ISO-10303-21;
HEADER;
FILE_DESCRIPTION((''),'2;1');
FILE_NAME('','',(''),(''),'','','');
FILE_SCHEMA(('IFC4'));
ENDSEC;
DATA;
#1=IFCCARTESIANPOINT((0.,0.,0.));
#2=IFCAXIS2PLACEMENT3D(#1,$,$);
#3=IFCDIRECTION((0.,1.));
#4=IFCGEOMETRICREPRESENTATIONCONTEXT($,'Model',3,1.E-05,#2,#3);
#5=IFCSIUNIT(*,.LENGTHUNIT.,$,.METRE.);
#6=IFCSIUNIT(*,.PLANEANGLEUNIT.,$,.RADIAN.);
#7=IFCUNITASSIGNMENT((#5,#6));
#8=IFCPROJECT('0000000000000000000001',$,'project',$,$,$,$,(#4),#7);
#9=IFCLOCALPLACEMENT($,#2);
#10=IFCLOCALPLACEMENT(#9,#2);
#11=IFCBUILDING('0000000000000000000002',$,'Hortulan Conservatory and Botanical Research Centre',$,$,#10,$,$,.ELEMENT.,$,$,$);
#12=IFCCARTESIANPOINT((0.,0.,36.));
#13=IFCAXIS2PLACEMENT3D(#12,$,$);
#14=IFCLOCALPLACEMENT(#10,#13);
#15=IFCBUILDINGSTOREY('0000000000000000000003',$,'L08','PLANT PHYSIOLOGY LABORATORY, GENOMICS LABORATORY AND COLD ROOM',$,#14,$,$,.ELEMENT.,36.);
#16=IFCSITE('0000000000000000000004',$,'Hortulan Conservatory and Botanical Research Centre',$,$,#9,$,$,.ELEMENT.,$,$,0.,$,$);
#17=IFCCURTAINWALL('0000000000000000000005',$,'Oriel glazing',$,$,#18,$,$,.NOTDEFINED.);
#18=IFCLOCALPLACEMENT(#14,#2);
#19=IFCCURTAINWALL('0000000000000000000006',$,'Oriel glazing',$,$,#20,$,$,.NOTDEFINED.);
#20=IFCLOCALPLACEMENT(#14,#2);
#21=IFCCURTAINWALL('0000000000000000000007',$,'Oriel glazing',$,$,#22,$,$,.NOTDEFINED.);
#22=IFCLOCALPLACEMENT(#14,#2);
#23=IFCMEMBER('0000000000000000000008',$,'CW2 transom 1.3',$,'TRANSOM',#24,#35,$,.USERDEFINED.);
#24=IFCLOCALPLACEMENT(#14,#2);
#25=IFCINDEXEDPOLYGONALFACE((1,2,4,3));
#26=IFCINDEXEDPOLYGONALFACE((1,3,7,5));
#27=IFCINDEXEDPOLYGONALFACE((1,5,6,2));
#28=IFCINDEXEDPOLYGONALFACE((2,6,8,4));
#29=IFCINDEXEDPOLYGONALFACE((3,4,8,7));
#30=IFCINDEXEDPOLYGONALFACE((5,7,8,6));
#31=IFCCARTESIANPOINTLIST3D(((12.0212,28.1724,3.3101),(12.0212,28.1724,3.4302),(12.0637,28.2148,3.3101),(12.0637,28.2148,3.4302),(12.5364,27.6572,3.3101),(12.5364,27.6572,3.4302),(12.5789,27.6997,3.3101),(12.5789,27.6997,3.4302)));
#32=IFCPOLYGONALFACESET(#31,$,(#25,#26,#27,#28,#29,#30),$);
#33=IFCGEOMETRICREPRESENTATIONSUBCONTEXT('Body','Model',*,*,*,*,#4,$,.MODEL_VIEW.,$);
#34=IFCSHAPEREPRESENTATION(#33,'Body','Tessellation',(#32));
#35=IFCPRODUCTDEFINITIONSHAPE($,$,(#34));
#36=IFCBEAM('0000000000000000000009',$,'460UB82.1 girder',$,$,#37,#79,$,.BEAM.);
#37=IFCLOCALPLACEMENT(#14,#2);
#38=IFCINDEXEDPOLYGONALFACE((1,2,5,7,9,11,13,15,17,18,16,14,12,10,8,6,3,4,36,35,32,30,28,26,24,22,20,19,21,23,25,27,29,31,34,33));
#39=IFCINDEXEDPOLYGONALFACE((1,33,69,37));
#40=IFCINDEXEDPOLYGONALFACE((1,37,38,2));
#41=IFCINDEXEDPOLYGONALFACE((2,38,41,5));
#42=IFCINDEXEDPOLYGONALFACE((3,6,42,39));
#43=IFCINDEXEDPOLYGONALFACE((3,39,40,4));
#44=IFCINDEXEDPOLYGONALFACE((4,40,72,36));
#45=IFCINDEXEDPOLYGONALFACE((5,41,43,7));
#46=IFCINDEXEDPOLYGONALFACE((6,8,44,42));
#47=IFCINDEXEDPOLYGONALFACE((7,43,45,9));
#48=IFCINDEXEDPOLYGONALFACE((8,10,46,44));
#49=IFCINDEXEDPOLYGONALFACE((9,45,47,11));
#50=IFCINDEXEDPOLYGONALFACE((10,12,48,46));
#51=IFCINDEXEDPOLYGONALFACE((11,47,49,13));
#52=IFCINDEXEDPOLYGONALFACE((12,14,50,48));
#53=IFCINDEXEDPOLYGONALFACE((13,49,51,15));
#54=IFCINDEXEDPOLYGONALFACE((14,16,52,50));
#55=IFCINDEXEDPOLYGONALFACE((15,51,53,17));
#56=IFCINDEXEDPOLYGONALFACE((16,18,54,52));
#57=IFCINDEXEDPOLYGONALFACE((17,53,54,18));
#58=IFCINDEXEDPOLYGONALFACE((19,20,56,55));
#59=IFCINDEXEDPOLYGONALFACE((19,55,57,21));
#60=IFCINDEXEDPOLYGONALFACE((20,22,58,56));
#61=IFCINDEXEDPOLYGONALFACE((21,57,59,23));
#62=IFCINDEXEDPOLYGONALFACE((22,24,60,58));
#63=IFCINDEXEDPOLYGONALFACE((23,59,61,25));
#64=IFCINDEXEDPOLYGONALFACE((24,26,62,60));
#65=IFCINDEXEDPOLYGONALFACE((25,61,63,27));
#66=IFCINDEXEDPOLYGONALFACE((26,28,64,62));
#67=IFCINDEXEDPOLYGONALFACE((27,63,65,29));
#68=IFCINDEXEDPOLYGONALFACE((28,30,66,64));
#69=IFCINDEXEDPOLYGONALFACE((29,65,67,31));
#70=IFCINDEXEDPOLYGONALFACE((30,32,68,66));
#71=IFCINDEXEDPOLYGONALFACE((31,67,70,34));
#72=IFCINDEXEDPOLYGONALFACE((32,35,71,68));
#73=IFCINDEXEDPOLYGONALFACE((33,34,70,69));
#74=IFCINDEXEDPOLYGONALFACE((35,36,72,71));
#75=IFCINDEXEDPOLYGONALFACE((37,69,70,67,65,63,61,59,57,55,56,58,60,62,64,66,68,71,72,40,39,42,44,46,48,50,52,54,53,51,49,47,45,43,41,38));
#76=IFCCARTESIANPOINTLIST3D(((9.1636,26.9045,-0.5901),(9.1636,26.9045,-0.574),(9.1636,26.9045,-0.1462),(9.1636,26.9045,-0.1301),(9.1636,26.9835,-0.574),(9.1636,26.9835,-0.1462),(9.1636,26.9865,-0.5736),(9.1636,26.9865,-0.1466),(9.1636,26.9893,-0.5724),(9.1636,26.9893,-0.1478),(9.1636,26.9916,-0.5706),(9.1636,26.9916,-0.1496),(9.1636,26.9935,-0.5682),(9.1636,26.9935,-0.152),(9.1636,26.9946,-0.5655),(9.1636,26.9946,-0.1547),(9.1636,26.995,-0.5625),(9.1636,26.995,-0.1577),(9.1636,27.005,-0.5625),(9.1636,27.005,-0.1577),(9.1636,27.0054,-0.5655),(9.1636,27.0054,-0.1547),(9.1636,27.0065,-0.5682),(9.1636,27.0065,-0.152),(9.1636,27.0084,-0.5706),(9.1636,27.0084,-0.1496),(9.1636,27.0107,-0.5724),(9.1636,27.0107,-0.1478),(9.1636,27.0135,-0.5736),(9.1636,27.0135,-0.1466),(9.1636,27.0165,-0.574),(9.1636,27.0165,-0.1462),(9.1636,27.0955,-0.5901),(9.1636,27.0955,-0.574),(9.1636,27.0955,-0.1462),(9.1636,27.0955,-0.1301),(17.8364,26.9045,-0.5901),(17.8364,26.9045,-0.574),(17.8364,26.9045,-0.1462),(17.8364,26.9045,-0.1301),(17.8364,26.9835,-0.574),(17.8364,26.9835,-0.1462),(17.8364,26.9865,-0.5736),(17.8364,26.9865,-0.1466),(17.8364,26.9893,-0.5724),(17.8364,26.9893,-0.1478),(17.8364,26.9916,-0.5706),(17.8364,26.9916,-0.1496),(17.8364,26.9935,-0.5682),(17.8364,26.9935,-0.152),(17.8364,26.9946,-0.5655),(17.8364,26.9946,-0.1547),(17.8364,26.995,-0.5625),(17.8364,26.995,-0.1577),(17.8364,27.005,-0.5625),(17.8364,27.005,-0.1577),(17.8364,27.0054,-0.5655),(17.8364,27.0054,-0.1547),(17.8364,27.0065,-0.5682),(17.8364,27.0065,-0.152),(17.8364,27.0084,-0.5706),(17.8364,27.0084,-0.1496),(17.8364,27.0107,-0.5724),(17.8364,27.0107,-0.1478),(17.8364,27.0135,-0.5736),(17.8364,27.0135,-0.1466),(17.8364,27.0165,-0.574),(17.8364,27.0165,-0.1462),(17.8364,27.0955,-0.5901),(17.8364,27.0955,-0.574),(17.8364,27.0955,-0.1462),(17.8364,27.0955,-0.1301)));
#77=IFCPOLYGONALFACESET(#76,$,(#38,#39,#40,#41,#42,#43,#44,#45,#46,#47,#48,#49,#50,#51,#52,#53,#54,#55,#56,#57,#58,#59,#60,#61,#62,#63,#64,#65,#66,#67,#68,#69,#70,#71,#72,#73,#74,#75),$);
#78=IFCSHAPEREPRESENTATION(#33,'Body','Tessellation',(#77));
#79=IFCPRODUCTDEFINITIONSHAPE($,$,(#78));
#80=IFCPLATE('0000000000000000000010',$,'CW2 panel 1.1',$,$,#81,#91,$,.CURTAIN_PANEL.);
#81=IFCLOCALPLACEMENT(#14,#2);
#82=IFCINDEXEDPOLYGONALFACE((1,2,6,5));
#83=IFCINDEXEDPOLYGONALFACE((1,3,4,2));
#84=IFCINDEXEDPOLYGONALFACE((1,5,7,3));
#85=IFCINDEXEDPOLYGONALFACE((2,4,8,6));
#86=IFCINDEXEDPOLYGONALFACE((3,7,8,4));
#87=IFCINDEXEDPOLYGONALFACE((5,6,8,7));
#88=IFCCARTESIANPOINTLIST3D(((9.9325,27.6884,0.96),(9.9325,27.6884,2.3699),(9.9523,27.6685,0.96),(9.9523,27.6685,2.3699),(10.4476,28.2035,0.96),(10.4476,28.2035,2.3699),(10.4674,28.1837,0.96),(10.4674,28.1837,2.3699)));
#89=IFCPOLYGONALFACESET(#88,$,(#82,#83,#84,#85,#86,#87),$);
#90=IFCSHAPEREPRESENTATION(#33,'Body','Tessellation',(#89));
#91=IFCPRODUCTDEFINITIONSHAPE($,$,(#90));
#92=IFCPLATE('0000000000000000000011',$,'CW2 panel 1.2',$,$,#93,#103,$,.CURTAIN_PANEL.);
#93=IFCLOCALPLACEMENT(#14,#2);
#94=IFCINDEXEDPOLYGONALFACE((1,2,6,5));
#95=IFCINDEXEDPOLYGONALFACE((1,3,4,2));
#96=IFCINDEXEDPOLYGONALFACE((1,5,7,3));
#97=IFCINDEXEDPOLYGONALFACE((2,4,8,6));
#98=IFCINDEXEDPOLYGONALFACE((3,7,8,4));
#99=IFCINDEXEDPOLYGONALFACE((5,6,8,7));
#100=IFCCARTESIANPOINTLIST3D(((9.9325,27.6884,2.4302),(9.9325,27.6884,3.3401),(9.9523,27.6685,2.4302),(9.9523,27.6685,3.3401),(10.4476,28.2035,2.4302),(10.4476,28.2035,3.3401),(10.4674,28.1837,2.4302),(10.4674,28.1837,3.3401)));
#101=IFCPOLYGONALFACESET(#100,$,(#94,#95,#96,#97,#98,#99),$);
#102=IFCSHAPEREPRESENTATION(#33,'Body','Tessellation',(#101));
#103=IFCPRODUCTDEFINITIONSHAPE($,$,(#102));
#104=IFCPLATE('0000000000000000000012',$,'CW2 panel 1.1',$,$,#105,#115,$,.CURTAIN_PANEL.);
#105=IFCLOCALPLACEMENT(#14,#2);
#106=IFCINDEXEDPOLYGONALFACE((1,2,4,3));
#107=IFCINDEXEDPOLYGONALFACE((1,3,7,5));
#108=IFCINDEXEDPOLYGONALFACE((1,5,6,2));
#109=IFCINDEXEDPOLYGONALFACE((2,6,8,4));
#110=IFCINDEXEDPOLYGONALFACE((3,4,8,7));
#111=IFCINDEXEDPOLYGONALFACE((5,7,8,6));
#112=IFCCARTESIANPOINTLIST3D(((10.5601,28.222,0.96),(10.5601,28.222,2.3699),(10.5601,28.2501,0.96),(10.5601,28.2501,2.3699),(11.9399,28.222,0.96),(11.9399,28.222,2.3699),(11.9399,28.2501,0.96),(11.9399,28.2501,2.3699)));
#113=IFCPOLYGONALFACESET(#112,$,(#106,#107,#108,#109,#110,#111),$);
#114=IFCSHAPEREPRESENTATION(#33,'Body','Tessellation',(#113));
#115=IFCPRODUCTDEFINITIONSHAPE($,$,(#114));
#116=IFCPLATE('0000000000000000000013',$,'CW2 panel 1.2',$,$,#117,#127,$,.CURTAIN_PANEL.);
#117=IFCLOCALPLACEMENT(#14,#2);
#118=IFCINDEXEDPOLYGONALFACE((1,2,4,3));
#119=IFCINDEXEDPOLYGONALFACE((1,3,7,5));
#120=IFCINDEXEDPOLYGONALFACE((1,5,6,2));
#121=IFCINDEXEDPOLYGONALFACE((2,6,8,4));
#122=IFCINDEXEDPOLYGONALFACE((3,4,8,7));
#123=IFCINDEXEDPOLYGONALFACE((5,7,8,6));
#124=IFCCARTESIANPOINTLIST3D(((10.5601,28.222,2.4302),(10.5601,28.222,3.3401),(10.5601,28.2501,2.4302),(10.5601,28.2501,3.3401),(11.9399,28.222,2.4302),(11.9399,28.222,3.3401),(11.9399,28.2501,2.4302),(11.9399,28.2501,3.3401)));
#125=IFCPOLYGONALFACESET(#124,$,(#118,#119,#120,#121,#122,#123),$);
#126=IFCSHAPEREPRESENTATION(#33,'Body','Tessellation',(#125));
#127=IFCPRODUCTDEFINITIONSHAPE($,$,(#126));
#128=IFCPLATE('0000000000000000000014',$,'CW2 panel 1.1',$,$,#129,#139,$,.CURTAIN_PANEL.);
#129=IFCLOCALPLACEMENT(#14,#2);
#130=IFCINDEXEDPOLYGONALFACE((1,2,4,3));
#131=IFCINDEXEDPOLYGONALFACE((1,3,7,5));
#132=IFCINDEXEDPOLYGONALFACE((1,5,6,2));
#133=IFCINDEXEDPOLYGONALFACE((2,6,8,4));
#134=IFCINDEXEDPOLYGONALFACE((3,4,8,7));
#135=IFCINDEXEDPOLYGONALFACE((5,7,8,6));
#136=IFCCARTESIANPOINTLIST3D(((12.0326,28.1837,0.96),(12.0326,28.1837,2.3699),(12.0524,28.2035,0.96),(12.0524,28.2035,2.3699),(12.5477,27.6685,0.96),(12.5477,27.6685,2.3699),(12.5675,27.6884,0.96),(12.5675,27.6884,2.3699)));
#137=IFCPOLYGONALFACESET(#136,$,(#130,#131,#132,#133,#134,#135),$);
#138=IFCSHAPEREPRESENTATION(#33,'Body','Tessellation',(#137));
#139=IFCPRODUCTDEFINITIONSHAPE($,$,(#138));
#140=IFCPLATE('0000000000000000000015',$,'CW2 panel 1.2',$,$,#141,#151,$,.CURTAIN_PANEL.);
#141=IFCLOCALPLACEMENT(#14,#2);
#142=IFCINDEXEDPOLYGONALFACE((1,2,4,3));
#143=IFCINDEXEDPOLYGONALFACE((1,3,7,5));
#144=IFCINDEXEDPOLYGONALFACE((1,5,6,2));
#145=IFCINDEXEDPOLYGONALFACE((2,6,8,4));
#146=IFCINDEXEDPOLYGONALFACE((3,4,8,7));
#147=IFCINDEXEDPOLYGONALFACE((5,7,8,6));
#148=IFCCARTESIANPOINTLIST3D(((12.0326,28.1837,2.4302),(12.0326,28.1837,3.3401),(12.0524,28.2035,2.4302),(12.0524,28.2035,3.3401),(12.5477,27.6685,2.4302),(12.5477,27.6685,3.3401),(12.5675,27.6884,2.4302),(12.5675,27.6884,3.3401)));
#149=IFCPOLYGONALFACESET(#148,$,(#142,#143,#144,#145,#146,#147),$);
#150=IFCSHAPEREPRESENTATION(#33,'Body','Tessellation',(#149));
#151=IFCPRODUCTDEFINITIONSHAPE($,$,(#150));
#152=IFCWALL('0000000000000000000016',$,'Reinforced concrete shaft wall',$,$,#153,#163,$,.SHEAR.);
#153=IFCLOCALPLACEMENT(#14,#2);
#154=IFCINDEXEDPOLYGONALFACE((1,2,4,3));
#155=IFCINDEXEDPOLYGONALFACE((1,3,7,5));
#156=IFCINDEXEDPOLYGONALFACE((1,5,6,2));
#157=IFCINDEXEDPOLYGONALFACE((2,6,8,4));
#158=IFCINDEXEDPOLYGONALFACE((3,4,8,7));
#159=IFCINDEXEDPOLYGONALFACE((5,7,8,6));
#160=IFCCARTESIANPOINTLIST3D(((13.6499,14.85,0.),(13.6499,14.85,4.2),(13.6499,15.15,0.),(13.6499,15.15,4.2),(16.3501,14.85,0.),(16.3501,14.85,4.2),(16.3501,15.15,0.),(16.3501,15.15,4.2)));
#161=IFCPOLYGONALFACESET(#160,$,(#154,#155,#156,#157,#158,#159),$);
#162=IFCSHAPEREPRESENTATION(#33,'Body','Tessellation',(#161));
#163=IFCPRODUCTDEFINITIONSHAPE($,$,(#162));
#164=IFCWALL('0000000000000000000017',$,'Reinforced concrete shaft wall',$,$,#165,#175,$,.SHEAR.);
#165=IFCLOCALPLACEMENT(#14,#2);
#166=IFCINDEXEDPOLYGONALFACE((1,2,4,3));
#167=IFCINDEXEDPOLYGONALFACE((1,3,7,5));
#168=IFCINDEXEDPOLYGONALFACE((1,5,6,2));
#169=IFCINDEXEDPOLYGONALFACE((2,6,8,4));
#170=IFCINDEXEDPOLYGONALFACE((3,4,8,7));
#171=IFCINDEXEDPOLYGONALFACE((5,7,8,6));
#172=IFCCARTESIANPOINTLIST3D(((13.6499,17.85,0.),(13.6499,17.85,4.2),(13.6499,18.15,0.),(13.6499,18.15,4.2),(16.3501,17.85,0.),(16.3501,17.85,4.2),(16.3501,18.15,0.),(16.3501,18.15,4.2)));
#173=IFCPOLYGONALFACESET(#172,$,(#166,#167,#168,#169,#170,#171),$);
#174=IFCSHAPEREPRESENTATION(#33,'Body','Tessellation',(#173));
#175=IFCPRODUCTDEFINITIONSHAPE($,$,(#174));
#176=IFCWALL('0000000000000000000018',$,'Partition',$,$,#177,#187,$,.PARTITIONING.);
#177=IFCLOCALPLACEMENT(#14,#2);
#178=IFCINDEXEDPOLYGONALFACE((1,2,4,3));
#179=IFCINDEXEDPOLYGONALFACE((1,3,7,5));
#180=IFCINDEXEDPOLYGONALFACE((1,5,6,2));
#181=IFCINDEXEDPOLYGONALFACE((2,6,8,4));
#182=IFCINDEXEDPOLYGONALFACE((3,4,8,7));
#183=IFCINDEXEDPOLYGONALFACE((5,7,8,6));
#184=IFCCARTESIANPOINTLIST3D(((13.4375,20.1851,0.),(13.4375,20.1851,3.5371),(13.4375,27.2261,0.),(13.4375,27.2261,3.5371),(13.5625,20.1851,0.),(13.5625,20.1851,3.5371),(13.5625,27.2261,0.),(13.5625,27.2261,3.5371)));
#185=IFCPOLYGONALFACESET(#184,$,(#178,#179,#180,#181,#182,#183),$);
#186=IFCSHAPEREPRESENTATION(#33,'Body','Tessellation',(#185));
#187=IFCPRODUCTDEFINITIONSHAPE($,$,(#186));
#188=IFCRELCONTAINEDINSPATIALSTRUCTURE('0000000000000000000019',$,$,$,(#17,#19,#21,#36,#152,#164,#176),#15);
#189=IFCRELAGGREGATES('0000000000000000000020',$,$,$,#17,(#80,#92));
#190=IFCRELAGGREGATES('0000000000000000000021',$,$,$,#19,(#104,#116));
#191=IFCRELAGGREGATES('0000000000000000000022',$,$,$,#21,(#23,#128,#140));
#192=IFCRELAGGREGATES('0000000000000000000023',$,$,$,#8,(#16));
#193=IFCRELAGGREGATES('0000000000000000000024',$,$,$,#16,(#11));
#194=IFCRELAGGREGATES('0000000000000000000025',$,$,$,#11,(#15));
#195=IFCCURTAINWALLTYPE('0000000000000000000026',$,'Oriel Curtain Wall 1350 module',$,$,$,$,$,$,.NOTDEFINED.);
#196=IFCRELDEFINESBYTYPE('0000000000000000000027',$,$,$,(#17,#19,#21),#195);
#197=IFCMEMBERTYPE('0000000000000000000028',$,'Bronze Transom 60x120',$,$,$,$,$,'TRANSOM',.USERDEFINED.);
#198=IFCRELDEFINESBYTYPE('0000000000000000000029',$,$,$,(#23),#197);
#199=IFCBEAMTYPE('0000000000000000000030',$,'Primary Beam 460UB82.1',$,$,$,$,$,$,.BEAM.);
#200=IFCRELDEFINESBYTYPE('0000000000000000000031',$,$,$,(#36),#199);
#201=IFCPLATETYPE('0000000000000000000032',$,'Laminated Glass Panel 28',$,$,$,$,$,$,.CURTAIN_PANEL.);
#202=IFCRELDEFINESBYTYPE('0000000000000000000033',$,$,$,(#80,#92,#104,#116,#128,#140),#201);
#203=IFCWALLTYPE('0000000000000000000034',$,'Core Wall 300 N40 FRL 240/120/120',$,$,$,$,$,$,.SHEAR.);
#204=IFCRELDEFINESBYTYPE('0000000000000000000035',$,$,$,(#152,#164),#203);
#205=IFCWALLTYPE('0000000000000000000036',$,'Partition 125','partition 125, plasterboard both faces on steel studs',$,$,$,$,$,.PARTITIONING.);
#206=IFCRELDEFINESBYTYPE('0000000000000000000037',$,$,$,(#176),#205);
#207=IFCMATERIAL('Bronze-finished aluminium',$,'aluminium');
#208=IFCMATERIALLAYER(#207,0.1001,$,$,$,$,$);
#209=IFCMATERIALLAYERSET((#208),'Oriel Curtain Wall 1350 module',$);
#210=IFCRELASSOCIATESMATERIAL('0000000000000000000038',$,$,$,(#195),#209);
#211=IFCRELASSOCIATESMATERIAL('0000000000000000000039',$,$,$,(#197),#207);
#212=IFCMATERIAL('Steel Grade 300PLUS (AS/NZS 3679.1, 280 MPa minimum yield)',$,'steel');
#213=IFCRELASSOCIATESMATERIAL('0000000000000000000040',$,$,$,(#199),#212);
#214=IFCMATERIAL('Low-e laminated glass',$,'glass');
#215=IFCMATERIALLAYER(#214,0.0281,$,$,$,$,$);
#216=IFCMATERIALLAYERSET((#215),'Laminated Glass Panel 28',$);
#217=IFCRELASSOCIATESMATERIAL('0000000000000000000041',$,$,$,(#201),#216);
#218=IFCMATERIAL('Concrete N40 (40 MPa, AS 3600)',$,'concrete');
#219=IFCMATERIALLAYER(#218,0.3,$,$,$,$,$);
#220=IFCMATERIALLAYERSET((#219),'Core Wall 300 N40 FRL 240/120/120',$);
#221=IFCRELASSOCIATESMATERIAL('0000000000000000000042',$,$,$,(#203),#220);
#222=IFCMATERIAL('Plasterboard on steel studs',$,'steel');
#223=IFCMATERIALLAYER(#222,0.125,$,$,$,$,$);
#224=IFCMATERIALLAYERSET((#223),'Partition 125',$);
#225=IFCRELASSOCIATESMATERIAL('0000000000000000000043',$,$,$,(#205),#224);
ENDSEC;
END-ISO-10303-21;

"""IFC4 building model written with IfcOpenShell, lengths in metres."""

from ifc_helpers import new_model, si_unit, direction, frame, frame_2d, origin, origin_2d, place, context, subcontext, project, spatial, rectangle, i_section, extrude, material, layer, layer_set, material_profile, profile_set, type_object, element, aggregate, save


model = new_model("IFC4")

# Units and contexts
model_context = context("Model", 3, precision=1e-05, world=origin(), true_north=direction((0.0, 1.0)))
body_context = subcontext(model_context, "Body", "Model", "MODEL_VIEW")
ifc_project = project(units=[si_unit("LENGTHUNIT", "METRE"), si_unit("PLANEANGLEUNIT", "RADIAN")], contexts=[model_context])

# Site, building, storey
site_placement = place(None, origin())
site = spatial("IfcSite", under=ifc_project, at=site_placement, Name="Hortulan Conservatory and Botanical Research Centre", CompositionType="ELEMENT", RefElevation=0.0)
building_placement = place(site_placement, origin())
building = spatial("IfcBuilding", under=site, at=building_placement, Name="Hortulan Conservatory and Botanical Research Centre", CompositionType="ELEMENT")
storey_placement = place(building_placement, frame((0.0, 0.0, 36.0)))
storey = spatial("IfcBuildingStorey", under=building, at=storey_placement, Name="L08", Description="PLANT PHYSIOLOGY LABORATORY, GENOMICS LABORATORY AND COLD ROOM", CompositionType="ELEMENT", Elevation=36.0)

# Curtain walls
ifc_material_1 = material(Name="Bronze-finished aluminium", Category="aluminium")
ifc_layer_1 = layer(ifc_material_1, 0.1001)
ifc_layer_set_1 = layer_set([ifc_layer_1], Name="Oriel Curtain Wall 1350 module")
curtain_wall_type = type_object("IfcCurtainWallType", Name="Oriel Curtain Wall 1350 module", PredefinedType="NOTDEFINED", material=ifc_layer_set_1)
curtain_wall_1_placement = place(storey_placement, origin())
curtain_wall_1 = element("IfcCurtainWall", 1, at=curtain_wall_1_placement, inside=storey, type_object=curtain_wall_type, Name="Oriel glazing", PredefinedType="NOTDEFINED")
curtain_wall_2_placement = place(storey_placement, origin())
curtain_wall_2 = element("IfcCurtainWall", 2, at=curtain_wall_2_placement, inside=storey, type_object=curtain_wall_type, Name="Oriel glazing", PredefinedType="NOTDEFINED")
curtain_wall_3_placement = place(storey_placement, origin())
curtain_wall_3 = element("IfcCurtainWall", 3, at=curtain_wall_3_placement, inside=storey, type_object=curtain_wall_type, Name="Oriel glazing", PredefinedType="NOTDEFINED")

# Member
ifc_material_profile_1 = material_profile(ifc_material_1, rectangle(XDim=0.0601, YDim=0.1201, at=origin_2d()), Name="Bronze Transom 60x120")
ifc_profile_set_1 = profile_set([ifc_material_profile_1], Name="Bronze-finished aluminium")
member_type_1 = type_object("IfcMemberType", Name="Bronze Transom 60x120", ElementType="TRANSOM", PredefinedType="USERDEFINED", material=ifc_profile_set_1)
member_1_placement = place(storey_placement, frame((12.0425, 28.1936, 3.3701), z_axis=(0.707107, -0.707107, 0.0), x_axis=(0.707107, 0.707107, 0.0)))
member_1 = element("IfcMember", 4, at=member_1_placement, type_object=member_type_1, Name="CW2 transom 1.3", ObjectType="TRANSOM", PredefinedType="USERDEFINED", context=body_context, shape_type="SweptSolid", body=[
    extrude(rectangle(XDim=0.0601, YDim=0.1201, at=origin_2d()), origin(), (0.0, 0.0, 1.0), 0.7285),
])

# Beam
ifc_material_2 = material(Name="Steel Grade 300PLUS (AS/NZS 3679.1, 280 MPa minimum yield)", Category="steel")
ifc_material_profile_2 = material_profile(ifc_material_2, i_section(OverallWidth=0.1909, OverallDepth=0.46, WebThickness=0.01, FlangeThickness=0.0161, FilletRadius=0.0115, at=origin_2d()), Name="460UB82.1")
ifc_profile_set_2 = profile_set([ifc_material_profile_2], Name="Steel Grade 300PLUS (AS/NZS 3679.1, 280 MPa minimum yield)")
beam_type = type_object("IfcBeamType", Name="Primary Beam 460UB82.1", PredefinedType="BEAM", material=ifc_profile_set_2)
beam_placement = place(storey_placement, frame((9.1636, 27.0, -0.3601), z_axis=(1.0, 0.0, 0.0), x_axis=(0.0, 1.0, 0.0)))
element("IfcBeam", 5, at=beam_placement, inside=storey, type_object=beam_type, Name="460UB82.1 girder", PredefinedType="BEAM", context=body_context, shape_type="SweptSolid", body=[
    extrude(i_section(OverallWidth=0.1909, OverallDepth=0.46, WebThickness=0.01, FlangeThickness=0.0161, FilletRadius=0.0115, at=origin_2d()), origin(), (0.0, 0.0, 1.0), 8.6729),
])

# Plates
ifc_material_3 = material(Name="Low-e laminated glass", Category="glass")
ifc_layer_2 = layer(ifc_material_3, 0.0281)
ifc_layer_set_2 = layer_set([ifc_layer_2], Name="Laminated Glass Panel 28")
plate_type = type_object("IfcPlateType", Name="Laminated Glass Panel 28", PredefinedType="CURTAIN_PANEL", material=ifc_layer_set_2)
plate_1_placement = place(storey_placement, frame((10.2, 27.936, 0.96), z_axis=(0.0, 0.0, 1.0), x_axis=(0.707107, 0.707107, 0.0)))
plate_1 = element("IfcPlate", 6, at=plate_1_placement, type_object=plate_type, Name="CW2 panel 1.1", PredefinedType="CURTAIN_PANEL", context=body_context, shape_type="SweptSolid", body=[
    extrude(rectangle(XDim=0.7285, YDim=0.0281, at=origin_2d()), origin(), (0.0, 0.0, 1.0), 1.4099),
])
plate_2_placement = place(storey_placement, frame((10.2, 27.936, 2.4302), z_axis=(0.0, 0.0, 1.0), x_axis=(0.707107, 0.707107, 0.0)))
plate_2 = element("IfcPlate", 7, at=plate_2_placement, type_object=plate_type, Name="CW2 panel 1.2", PredefinedType="CURTAIN_PANEL", context=body_context, shape_type="SweptSolid", body=[
    extrude(rectangle(XDim=0.7285, YDim=0.0281, at=origin_2d()), origin(), (0.0, 0.0, 1.0), 0.9099),
])
aggregate(curtain_wall_1, [plate_1, plate_2])
plate_3_placement = place(storey_placement, frame((11.25, 28.2361, 0.96), z_axis=(0.0, 0.0, 1.0), x_axis=(1.0, 0.0, 0.0)))
plate_3 = element("IfcPlate", 8, at=plate_3_placement, type_object=plate_type, Name="CW2 panel 1.1", PredefinedType="CURTAIN_PANEL", context=body_context, shape_type="SweptSolid", body=[
    extrude(rectangle(XDim=1.3799, YDim=0.0281, at=origin_2d()), origin(), (0.0, 0.0, 1.0), 1.4099),
])
plate_4_placement = place(storey_placement, frame((11.25, 28.2361, 2.4302), z_axis=(0.0, 0.0, 1.0), x_axis=(1.0, 0.0, 0.0)))
plate_4 = element("IfcPlate", 9, at=plate_4_placement, type_object=plate_type, Name="CW2 panel 1.2", PredefinedType="CURTAIN_PANEL", context=body_context, shape_type="SweptSolid", body=[
    extrude(rectangle(XDim=1.3799, YDim=0.0281, at=origin_2d()), origin(), (0.0, 0.0, 1.0), 0.9099),
])
aggregate(curtain_wall_2, [plate_3, plate_4])
plate_5_placement = place(storey_placement, frame((12.3, 27.936, 0.96), z_axis=(0.0, 0.0, 1.0), x_axis=(0.707107, -0.707107, 0.0)))
plate_5 = element("IfcPlate", 10, at=plate_5_placement, type_object=plate_type, Name="CW2 panel 1.1", PredefinedType="CURTAIN_PANEL", context=body_context, shape_type="SweptSolid", body=[
    extrude(rectangle(XDim=0.7285, YDim=0.0281, at=origin_2d()), origin(), (0.0, 0.0, 1.0), 1.4099),
])
plate_6_placement = place(storey_placement, frame((12.3, 27.936, 2.4302), z_axis=(0.0, 0.0, 1.0), x_axis=(0.707107, -0.707107, 0.0)))
plate_6 = element("IfcPlate", 11, at=plate_6_placement, type_object=plate_type, Name="CW2 panel 1.2", PredefinedType="CURTAIN_PANEL", context=body_context, shape_type="SweptSolid", body=[
    extrude(rectangle(XDim=0.7285, YDim=0.0281, at=origin_2d()), origin(), (0.0, 0.0, 1.0), 0.9099),
])
aggregate(curtain_wall_3, [member_1, plate_5, plate_6])

# Walls
ifc_material_4 = material(Name="Concrete N40 (40 MPa, AS 3600)", Category="concrete")
ifc_layer_3 = layer(ifc_material_4, 0.3)
ifc_layer_set_3 = layer_set([ifc_layer_3], Name="Core Wall 300 N40 FRL 240/120/120")
wall_type_1 = type_object("IfcWallType", Name="Core Wall 300 N40 FRL 240/120/120", PredefinedType="SHEAR", material=ifc_layer_set_3)
for number, where, z_axis, x_axis, name in (
    (12, (13.6499, 15.0, 0.0), (0.0, 0.0, 1.0), (1.0, 0.0, 0.0), "Reinforced concrete shaft wall"),
    (13, (13.6499, 18.0, 0.0), (0.0, 0.0, 1.0), (1.0, 0.0, 0.0), "Reinforced concrete shaft wall"),
):
    element("IfcWall", number, at=place(storey_placement, frame(where, z_axis=z_axis, x_axis=x_axis)), inside=storey, type_object=wall_type_1, Name=name, PredefinedType="SHEAR", context=body_context, shape_type="SweptSolid", body=[
        extrude(rectangle(XDim=2.7002, YDim=0.3, at=frame_2d((1.3501, 0.0))), origin(), (0.0, 0.0, 1.0), 4.2),
    ])
ifc_material_5 = material(Name="Plasterboard on steel studs", Category="steel")
ifc_layer_4 = layer(ifc_material_5, 0.125)
ifc_layer_set_4 = layer_set([ifc_layer_4], Name="Partition 125")
wall_type_2 = type_object("IfcWallType", Name="Partition 125", Description="partition 125, plasterboard both faces on steel studs", PredefinedType="PARTITIONING", material=ifc_layer_set_4)
wall_placement = place(storey_placement, frame((13.5, 20.1851, 0.0), z_axis=(0.0, 0.0, 1.0), x_axis=(0.0, 1.0, 0.0)))
element("IfcWall", 14, at=wall_placement, inside=storey, type_object=wall_type_2, Name="Partition", PredefinedType="PARTITIONING", context=body_context, shape_type="SweptSolid", body=[
    extrude(rectangle(XDim=7.041, YDim=0.125, at=frame_2d((3.5205, 0.0))), origin(), (0.0, 0.0, 1.0), 3.5371),
])

save(model, "model.ifc")
